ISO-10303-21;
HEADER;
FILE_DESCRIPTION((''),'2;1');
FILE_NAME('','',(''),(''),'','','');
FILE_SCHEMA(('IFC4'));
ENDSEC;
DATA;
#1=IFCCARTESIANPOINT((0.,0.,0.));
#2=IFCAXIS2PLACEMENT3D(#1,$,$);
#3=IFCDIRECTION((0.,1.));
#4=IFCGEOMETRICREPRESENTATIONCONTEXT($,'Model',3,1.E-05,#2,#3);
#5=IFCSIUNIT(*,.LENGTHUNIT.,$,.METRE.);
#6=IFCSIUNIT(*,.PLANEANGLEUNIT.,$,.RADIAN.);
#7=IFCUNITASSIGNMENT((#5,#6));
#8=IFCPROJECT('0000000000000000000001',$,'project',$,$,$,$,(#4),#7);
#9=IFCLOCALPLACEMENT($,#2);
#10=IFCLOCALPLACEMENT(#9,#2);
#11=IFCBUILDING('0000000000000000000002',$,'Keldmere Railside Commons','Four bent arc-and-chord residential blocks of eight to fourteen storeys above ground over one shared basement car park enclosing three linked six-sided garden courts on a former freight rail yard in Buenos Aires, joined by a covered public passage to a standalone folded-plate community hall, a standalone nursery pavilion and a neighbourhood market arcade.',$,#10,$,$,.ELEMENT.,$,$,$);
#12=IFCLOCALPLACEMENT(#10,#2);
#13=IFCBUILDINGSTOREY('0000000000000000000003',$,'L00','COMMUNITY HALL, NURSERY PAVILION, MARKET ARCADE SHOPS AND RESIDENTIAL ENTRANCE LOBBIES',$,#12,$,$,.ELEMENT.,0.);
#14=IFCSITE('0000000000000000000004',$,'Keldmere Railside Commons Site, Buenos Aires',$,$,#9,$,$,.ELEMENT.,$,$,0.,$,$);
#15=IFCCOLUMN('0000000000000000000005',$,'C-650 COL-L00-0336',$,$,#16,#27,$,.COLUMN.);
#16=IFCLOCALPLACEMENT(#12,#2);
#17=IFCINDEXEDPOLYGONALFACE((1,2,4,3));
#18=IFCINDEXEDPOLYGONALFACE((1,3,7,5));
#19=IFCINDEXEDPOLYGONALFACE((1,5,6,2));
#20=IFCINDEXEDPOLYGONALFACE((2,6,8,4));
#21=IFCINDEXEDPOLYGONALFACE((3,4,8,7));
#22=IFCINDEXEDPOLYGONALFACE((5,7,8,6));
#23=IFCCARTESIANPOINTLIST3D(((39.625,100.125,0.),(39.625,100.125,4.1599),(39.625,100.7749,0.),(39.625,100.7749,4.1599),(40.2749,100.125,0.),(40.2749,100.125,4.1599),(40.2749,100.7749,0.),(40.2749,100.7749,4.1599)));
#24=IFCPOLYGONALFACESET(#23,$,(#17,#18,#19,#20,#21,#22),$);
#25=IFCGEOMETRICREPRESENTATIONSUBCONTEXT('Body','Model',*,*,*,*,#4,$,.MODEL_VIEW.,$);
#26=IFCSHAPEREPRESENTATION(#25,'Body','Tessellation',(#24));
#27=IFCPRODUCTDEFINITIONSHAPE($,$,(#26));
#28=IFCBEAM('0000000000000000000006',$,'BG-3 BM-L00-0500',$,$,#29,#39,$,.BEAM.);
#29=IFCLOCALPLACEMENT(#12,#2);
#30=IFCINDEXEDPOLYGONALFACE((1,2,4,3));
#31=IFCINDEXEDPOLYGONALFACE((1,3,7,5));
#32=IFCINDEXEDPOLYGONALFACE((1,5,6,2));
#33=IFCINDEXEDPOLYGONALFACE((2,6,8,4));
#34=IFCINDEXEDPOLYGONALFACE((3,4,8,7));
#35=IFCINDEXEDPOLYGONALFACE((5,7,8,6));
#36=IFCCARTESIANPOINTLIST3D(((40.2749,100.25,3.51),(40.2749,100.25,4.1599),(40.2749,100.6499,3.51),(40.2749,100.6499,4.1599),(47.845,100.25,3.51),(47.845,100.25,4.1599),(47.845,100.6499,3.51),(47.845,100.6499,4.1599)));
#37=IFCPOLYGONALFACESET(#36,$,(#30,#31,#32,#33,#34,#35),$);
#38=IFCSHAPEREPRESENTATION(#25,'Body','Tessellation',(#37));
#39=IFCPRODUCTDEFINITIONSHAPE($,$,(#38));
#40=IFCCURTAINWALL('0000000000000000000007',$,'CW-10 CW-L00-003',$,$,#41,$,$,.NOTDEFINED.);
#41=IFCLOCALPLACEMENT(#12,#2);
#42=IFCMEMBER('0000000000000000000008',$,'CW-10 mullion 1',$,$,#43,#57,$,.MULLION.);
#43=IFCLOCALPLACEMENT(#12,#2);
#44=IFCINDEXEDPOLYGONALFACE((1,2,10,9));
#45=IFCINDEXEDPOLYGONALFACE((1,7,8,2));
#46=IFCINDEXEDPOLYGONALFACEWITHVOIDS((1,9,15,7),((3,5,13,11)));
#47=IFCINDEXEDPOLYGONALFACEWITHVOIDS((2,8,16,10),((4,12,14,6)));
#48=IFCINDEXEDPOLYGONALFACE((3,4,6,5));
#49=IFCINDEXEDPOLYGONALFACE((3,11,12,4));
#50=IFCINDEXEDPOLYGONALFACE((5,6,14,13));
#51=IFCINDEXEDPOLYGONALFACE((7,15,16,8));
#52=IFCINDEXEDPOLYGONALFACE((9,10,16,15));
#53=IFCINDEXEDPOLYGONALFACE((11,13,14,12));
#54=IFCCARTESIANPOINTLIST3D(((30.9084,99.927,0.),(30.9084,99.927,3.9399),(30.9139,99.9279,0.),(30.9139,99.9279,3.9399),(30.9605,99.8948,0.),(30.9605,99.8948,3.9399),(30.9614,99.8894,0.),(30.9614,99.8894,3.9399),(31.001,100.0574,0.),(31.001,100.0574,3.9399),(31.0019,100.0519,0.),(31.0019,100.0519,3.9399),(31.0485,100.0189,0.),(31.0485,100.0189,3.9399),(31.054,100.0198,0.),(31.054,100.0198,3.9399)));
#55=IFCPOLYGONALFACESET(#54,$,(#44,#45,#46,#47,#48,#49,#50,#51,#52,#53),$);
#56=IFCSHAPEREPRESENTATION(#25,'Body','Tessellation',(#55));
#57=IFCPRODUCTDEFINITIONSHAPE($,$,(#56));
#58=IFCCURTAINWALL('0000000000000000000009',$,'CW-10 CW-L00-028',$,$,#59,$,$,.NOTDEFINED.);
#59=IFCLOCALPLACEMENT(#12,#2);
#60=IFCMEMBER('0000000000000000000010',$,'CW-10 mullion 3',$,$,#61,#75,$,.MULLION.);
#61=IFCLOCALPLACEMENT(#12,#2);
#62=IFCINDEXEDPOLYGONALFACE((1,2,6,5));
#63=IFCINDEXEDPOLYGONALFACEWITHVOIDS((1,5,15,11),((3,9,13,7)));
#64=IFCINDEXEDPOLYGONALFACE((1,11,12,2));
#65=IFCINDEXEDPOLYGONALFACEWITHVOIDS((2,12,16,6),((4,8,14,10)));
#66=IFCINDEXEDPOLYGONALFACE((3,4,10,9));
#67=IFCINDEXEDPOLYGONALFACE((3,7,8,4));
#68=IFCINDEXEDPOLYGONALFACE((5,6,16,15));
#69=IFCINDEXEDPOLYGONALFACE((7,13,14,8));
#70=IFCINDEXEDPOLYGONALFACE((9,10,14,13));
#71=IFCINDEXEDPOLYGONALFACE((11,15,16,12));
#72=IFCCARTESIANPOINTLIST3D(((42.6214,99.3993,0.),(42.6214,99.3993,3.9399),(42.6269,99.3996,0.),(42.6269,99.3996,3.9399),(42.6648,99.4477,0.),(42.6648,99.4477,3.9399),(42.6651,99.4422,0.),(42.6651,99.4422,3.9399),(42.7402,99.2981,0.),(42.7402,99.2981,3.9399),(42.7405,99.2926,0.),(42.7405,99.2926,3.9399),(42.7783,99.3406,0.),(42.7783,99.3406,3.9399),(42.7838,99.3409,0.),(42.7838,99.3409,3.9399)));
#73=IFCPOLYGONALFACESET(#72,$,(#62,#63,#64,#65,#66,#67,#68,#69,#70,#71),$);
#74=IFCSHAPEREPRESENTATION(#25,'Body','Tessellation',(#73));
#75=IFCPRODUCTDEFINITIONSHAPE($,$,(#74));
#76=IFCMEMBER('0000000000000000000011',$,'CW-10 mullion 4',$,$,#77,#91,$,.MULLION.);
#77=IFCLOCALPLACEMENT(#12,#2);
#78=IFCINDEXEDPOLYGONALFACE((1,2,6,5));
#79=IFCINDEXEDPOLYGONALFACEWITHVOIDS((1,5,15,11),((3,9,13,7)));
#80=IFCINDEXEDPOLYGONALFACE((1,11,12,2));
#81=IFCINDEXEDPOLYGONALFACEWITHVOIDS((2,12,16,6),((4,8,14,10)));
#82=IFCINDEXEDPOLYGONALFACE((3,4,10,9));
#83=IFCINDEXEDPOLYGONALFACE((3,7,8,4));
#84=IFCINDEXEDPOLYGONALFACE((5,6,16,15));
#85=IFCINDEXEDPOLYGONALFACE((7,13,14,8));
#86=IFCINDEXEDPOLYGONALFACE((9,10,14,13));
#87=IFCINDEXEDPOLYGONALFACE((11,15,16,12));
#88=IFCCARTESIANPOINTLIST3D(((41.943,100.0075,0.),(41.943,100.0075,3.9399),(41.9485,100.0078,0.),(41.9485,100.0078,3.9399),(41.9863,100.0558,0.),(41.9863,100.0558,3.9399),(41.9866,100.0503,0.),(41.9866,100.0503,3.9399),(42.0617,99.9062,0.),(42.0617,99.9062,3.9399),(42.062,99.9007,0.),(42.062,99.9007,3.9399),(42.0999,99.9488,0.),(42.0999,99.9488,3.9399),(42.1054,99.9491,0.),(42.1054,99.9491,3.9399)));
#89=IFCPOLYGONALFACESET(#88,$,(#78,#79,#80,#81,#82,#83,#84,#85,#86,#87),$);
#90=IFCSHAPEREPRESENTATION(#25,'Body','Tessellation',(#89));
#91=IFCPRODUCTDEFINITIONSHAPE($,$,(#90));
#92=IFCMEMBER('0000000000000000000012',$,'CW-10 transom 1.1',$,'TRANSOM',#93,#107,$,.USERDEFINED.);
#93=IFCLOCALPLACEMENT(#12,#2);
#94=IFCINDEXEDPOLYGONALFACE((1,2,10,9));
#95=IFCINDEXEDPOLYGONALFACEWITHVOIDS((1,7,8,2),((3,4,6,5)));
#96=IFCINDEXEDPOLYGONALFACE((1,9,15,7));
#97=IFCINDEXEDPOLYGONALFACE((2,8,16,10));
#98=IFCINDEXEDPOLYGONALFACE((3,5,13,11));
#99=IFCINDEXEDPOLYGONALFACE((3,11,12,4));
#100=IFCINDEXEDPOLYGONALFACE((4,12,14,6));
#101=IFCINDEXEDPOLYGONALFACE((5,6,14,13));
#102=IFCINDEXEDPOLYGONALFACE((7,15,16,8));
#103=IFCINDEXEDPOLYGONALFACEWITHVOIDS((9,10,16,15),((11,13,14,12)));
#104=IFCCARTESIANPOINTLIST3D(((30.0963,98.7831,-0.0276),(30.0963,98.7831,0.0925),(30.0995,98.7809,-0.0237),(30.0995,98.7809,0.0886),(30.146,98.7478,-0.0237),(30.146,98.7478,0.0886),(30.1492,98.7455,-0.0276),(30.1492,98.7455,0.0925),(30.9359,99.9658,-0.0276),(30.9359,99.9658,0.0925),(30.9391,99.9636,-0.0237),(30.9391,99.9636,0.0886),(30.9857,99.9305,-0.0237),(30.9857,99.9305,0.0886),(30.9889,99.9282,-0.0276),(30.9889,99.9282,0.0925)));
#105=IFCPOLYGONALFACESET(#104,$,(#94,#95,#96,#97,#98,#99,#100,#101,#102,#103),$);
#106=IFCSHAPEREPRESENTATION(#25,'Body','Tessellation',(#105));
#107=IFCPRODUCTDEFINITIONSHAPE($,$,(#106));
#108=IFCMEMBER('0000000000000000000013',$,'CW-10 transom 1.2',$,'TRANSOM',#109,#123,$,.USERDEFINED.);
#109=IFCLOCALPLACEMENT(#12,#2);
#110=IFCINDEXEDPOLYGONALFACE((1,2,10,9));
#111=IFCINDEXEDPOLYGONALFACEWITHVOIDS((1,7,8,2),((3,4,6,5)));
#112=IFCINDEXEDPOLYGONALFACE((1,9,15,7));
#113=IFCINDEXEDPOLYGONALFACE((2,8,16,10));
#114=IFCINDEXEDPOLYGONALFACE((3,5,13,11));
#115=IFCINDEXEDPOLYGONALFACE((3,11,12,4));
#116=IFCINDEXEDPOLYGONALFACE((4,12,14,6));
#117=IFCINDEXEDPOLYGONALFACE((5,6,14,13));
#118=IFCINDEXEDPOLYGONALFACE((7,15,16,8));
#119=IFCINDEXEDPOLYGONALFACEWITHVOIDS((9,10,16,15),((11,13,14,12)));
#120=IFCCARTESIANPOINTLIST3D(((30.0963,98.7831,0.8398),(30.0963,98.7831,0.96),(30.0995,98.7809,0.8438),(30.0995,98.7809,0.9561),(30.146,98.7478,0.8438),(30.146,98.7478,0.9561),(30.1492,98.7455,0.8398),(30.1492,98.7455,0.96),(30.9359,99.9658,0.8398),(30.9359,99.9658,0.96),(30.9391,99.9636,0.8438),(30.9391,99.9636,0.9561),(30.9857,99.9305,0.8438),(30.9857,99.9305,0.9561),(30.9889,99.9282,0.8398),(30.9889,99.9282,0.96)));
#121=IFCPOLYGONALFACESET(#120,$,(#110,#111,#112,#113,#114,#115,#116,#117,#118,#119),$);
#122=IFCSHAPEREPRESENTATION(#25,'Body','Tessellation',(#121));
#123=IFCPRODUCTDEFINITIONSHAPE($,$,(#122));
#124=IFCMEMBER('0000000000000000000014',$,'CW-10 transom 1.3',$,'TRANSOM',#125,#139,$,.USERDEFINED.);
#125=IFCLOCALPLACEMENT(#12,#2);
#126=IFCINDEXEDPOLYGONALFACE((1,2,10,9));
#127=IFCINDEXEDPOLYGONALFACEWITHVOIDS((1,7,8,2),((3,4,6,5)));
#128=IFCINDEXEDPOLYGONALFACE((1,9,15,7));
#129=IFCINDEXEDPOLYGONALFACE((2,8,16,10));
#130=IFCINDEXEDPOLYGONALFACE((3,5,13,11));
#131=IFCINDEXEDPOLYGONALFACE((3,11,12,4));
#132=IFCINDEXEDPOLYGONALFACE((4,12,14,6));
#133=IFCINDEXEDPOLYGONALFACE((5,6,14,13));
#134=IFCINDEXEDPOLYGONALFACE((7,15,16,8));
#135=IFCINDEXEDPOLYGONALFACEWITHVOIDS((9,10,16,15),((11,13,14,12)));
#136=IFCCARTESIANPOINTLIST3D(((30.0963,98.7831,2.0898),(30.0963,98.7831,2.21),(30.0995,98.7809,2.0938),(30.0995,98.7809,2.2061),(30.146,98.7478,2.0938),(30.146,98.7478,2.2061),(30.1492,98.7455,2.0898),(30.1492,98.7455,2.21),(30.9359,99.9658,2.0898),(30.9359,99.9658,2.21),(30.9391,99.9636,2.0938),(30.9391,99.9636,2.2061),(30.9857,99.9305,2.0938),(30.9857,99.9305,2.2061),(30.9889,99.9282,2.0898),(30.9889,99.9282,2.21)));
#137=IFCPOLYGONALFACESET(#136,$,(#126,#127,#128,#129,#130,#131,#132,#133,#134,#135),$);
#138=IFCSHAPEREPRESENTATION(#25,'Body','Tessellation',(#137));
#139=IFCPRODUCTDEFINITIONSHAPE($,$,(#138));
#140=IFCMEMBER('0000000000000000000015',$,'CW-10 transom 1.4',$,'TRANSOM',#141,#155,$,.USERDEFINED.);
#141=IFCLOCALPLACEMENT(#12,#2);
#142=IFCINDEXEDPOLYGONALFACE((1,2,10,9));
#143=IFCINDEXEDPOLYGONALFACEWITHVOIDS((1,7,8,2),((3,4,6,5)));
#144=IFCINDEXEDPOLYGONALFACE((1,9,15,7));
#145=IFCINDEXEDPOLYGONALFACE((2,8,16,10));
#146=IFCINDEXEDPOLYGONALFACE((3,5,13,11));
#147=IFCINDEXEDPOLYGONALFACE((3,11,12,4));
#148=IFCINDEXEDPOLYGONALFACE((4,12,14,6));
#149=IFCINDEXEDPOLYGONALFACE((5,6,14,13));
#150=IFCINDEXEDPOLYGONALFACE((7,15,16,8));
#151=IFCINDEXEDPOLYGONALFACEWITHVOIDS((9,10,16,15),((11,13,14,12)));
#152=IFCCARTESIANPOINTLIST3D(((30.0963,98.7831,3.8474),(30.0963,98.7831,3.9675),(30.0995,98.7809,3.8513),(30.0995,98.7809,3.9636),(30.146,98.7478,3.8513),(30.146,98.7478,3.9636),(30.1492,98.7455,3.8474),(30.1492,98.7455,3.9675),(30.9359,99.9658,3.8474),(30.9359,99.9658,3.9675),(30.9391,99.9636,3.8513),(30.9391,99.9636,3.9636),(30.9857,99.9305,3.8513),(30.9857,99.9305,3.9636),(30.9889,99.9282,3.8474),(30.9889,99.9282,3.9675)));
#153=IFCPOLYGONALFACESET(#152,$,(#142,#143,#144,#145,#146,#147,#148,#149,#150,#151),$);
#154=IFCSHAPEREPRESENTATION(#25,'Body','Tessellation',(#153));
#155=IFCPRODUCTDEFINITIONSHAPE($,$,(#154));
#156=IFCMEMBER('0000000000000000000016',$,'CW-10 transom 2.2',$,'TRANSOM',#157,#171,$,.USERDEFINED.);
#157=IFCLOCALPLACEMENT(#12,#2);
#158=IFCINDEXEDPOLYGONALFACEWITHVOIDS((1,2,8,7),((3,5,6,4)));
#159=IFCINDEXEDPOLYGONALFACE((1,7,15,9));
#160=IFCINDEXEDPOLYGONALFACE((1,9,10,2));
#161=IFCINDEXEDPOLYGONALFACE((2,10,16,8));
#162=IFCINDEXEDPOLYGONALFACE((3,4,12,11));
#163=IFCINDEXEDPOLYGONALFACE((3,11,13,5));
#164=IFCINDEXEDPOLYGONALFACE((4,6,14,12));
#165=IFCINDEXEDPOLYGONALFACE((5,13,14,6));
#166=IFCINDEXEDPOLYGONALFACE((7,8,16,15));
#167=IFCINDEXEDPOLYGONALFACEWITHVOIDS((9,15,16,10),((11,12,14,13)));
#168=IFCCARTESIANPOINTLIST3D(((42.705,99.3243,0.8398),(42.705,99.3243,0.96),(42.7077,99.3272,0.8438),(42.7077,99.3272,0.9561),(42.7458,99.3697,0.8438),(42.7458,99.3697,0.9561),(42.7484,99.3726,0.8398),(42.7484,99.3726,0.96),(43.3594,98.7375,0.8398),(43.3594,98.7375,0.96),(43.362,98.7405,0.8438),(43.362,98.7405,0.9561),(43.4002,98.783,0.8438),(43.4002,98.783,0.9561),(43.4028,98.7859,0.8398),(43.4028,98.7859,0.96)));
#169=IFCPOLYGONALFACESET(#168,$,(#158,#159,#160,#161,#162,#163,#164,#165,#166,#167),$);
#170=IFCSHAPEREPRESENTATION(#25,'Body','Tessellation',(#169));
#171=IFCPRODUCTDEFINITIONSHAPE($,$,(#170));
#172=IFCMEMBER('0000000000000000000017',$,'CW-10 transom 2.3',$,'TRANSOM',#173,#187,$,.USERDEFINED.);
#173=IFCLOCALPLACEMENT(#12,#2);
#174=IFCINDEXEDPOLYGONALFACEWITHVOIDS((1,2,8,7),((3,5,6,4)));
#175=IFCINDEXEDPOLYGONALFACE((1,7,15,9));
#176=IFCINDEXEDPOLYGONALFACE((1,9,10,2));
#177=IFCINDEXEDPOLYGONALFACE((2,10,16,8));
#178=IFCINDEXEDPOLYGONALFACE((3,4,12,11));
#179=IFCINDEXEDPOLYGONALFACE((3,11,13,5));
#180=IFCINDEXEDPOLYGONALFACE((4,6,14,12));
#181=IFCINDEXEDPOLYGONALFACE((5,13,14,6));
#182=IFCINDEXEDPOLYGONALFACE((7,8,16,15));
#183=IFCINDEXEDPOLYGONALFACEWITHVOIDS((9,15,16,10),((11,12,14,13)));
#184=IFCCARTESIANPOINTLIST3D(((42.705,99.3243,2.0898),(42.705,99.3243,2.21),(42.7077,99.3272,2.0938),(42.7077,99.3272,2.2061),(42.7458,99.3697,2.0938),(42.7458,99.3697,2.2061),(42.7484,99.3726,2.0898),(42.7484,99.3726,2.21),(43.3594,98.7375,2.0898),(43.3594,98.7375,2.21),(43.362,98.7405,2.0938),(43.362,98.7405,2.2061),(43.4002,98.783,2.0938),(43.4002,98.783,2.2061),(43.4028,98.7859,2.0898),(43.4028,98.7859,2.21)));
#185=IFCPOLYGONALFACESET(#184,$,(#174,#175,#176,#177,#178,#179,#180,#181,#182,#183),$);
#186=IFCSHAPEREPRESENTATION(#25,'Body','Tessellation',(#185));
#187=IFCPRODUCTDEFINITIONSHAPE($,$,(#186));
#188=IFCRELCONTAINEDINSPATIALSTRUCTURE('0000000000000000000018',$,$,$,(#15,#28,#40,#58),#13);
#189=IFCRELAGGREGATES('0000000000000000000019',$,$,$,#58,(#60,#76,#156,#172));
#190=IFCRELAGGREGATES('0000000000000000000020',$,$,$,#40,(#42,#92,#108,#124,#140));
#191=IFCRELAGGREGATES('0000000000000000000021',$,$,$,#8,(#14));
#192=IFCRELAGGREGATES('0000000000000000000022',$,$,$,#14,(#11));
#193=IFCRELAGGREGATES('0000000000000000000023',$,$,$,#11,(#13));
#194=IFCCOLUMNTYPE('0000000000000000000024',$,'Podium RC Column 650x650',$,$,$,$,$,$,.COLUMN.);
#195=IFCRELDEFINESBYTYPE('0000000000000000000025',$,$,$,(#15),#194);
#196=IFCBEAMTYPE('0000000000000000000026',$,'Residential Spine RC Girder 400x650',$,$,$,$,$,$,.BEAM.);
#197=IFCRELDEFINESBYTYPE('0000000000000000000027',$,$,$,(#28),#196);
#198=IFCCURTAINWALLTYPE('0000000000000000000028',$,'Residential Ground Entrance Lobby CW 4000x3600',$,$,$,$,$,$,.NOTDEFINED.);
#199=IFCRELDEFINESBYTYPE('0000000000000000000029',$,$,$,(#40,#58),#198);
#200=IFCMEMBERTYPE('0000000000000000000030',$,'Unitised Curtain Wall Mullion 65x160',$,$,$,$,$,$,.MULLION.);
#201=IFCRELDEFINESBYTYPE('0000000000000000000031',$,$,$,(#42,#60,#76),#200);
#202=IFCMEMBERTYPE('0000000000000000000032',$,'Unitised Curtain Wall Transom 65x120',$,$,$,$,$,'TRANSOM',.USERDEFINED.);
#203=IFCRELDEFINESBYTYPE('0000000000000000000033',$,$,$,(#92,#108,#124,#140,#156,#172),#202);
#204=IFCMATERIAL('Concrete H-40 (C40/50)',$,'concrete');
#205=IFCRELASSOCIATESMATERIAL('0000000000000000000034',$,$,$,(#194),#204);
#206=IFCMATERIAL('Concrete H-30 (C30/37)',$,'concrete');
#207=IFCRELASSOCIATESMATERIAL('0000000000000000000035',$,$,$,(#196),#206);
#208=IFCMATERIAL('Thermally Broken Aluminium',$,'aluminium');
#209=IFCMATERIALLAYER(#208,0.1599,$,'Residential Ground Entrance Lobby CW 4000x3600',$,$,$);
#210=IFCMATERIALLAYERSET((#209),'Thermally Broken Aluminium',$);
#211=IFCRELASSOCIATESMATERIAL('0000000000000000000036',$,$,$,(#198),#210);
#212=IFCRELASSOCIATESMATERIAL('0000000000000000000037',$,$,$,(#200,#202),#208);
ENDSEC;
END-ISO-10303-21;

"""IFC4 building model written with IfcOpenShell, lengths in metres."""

from ifc_helpers import new_model, si_unit, direction, frame, origin, origin_2d, place, context, subcontext, project, spatial, rectangle, hollow_rectangle, extrude, material, layer, layer_set, material_profile, profile_set, type_object, element, aggregate, save


model = new_model("IFC4")

# Units and contexts
model_context = context("Model", 3, precision=1e-05, world=origin(), true_north=direction((0.0, 1.0)))
body_context = subcontext(model_context, "Body", "Model", "MODEL_VIEW")
ifc_project = project(units=[si_unit("LENGTHUNIT", "METRE"), si_unit("PLANEANGLEUNIT", "RADIAN")], contexts=[model_context])

# Site, building, storey
site_placement = place(None, origin())
site = spatial("IfcSite", under=ifc_project, at=site_placement, Name="Keldmere Railside Commons Site, Buenos Aires", CompositionType="ELEMENT", RefElevation=0.0)
building_placement = place(site_placement, origin())
building = spatial("IfcBuilding", under=site, at=building_placement, Name="Keldmere Railside Commons", Description="Four bent arc-and-chord residential blocks of eight to fourteen storeys above ground over one shared basement car park enclosing three linked six-sided garden courts on a former freight rail yard in Buenos Aires, joined by a covered public passage to a standalone folded-plate community hall, a standalone nursery pavilion and a neighbourhood market arcade.", CompositionType="ELEMENT")
storey_placement = place(building_placement, origin())
storey = spatial("IfcBuildingStorey", under=building, at=storey_placement, Name="L00", Description="COMMUNITY HALL, NURSERY PAVILION, MARKET ARCADE SHOPS AND RESIDENTIAL ENTRANCE LOBBIES", CompositionType="ELEMENT", Elevation=0.0)

# Column
ifc_material_1 = material(Name="Concrete H-40 (C40/50)", Category="concrete")
ifc_material_profile_1 = material_profile(ifc_material_1, rectangle(XDim=0.6499, YDim=0.6499, at=origin_2d()), Name="RC-650x650")
ifc_profile_set_1 = profile_set([ifc_material_profile_1], Name="Concrete H-40 (C40/50)")
column_type = type_object("IfcColumnType", Name="Podium RC Column 650x650", PredefinedType="COLUMN", material=ifc_profile_set_1)
column_placement = place(storey_placement, frame((39.95, 100.45, 0.0), z_axis=(0.0, 0.0, 1.0), x_axis=(1.0, 0.0, 0.0)))
element("IfcColumn", 1, at=column_placement, inside=storey, type_object=column_type, Name="C-650 COL-L00-0336", PredefinedType="COLUMN", context=body_context, shape_type="SweptSolid", body=[
    extrude(rectangle(XDim=0.6499, YDim=0.6499, at=origin_2d()), origin(), (0.0, 0.0, 1.0), 4.1599),
])

# Beam
ifc_material_2 = material(Name="Concrete H-30 (C30/37)", Category="concrete")
ifc_material_profile_2 = material_profile(ifc_material_2, rectangle(XDim=0.3999, YDim=0.6499, at=origin_2d()), Name="RC-400x650")
ifc_profile_set_2 = profile_set([ifc_material_profile_2], Name="Concrete H-30 (C30/37)")
beam_type = type_object("IfcBeamType", Name="Residential Spine RC Girder 400x650", PredefinedType="BEAM", material=ifc_profile_set_2)
beam_placement = place(storey_placement, frame((40.2749, 100.45, 3.835), z_axis=(1.0, 0.0, 0.0), x_axis=(0.0, 1.0, 0.0)))
element("IfcBeam", 2, at=beam_placement, inside=storey, type_object=beam_type, Name="BG-3 BM-L00-0500", PredefinedType="BEAM", context=body_context, shape_type="SweptSolid", body=[
    extrude(rectangle(XDim=0.3999, YDim=0.6499, at=origin_2d()), origin(), (0.0, 0.0, 1.0), 7.5701),
])

# Curtain wall, member
ifc_material_3 = material(Name="Thermally Broken Aluminium", Category="aluminium")
ifc_layer_1 = layer(ifc_material_3, 0.1599, Name="Residential Ground Entrance Lobby CW 4000x3600")
ifc_layer_set_1 = layer_set([ifc_layer_1], Name="Thermally Broken Aluminium")
curtain_wall_type = type_object("IfcCurtainWallType", Name="Residential Ground Entrance Lobby CW 4000x3600", PredefinedType="NOTDEFINED", material=ifc_layer_set_1)
curtain_wall_1_placement = place(storey_placement, origin())
curtain_wall_1 = element("IfcCurtainWall", 3, at=curtain_wall_1_placement, inside=storey, type_object=curtain_wall_type, Name="CW-10 CW-L00-003", PredefinedType="NOTDEFINED")
ifc_material_profile_3 = material_profile(ifc_material_3, hollow_rectangle(XDim=0.0649, YDim=0.1599, WallThickness=0.0039, at=origin_2d()), Name="ALU-MULL-65x160")
ifc_profile_set_3 = profile_set([ifc_material_profile_3], Name="Thermally Broken Aluminium")
member_type_1 = type_object("IfcMemberType", Name="Unitised Curtain Wall Mullion 65x160", PredefinedType="MULLION", material=ifc_profile_set_3)
member_1_placement = place(storey_placement, frame((30.9812, 99.9734, 0.0), z_axis=(0.0, 0.0, 1.0), x_axis=(0.815389, -0.578913, 0.0)))
member_1 = element("IfcMember", 4, at=member_1_placement, type_object=member_type_1, Name="CW-10 mullion 1", PredefinedType="MULLION", context=body_context, shape_type="SweptSolid", body=[
    extrude(hollow_rectangle(XDim=0.0649, YDim=0.1599, WallThickness=0.0039, at=origin_2d()), origin(), (0.0, 0.0, 1.0), 3.9399),
])

# Curtain wall, members
curtain_wall_2_placement = place(storey_placement, origin())
curtain_wall_2 = element("IfcCurtainWall", 5, at=curtain_wall_2_placement, inside=storey, type_object=curtain_wall_type, Name="CW-10 CW-L00-028", PredefinedType="NOTDEFINED")
member_2_placement = place(storey_placement, frame((42.7026, 99.3701, 0.0), z_axis=(0.0, 0.0, 1.0), x_axis=(-0.667559, -0.744557, 0.0)))
member_2 = element("IfcMember", 6, at=member_2_placement, type_object=member_type_1, Name="CW-10 mullion 3", PredefinedType="MULLION", context=body_context, shape_type="SweptSolid", body=[
    extrude(hollow_rectangle(XDim=0.0649, YDim=0.1599, WallThickness=0.0039, at=origin_2d()), origin(), (0.0, 0.0, 1.0), 3.9399),
])
member_3_placement = place(storey_placement, frame((42.0242, 99.9783, 0.0), z_axis=(0.0, 0.0, 1.0), x_axis=(-0.667559, -0.744557, 0.0)))
member_3 = element("IfcMember", 7, at=member_3_placement, type_object=member_type_1, Name="CW-10 mullion 4", PredefinedType="MULLION", context=body_context, shape_type="SweptSolid", body=[
    extrude(hollow_rectangle(XDim=0.0649, YDim=0.1599, WallThickness=0.0039, at=origin_2d()), origin(), (0.0, 0.0, 1.0), 3.9399),
])

# Members
ifc_material_profile_4 = material_profile(ifc_material_3, hollow_rectangle(XDim=0.0649, YDim=0.1201, WallThickness=0.0039, at=origin_2d()), Name="ALU-TRAN-65x120")
ifc_profile_set_4 = profile_set([ifc_material_profile_4], Name="Thermally Broken Aluminium")
member_type_2 = type_object("IfcMemberType", Name="Unitised Curtain Wall Transom 65x120", ElementType="TRANSOM", PredefinedType="USERDEFINED", material=ifc_profile_set_4)
member_4_placement = place(storey_placement, frame((30.9624, 99.947, 0.0325), z_axis=(-0.578895, -0.815402, 0.0), x_axis=(0.815402, -0.578895, 0.0)))
member_4 = element("IfcMember", 8, at=member_4_placement, type_object=member_type_2, Name="CW-10 transom 1.1", ObjectType="TRANSOM", PredefinedType="USERDEFINED", context=body_context, shape_type="SweptSolid", body=[
    extrude(hollow_rectangle(XDim=0.0649, YDim=0.1201, WallThickness=0.0039, at=origin_2d()), origin(), (0.0, 0.0, 1.0), 1.4504),
])
member_5_placement = place(storey_placement, frame((30.9624, 99.947, 0.8999), z_axis=(-0.578895, -0.815402, 0.0), x_axis=(0.815402, -0.578895, 0.0)))
member_5 = element("IfcMember", 9, at=member_5_placement, type_object=member_type_2, Name="CW-10 transom 1.2", ObjectType="TRANSOM", PredefinedType="USERDEFINED", context=body_context, shape_type="SweptSolid", body=[
    extrude(hollow_rectangle(XDim=0.0649, YDim=0.1201, WallThickness=0.0039, at=origin_2d()), origin(), (0.0, 0.0, 1.0), 1.4504),
])
member_6_placement = place(storey_placement, frame((30.9624, 99.947, 2.1499), z_axis=(-0.578895, -0.815402, 0.0), x_axis=(0.815402, -0.578895, 0.0)))
member_6 = element("IfcMember", 10, at=member_6_placement, type_object=member_type_2, Name="CW-10 transom 1.3", ObjectType="TRANSOM", PredefinedType="USERDEFINED", context=body_context, shape_type="SweptSolid", body=[
    extrude(hollow_rectangle(XDim=0.0649, YDim=0.1201, WallThickness=0.0039, at=origin_2d()), origin(), (0.0, 0.0, 1.0), 1.4504),
])
member_7_placement = place(storey_placement, frame((30.9624, 99.947, 3.9075), z_axis=(-0.578895, -0.815402, 0.0), x_axis=(0.815402, -0.578895, 0.0)))
member_7 = element("IfcMember", 11, at=member_7_placement, type_object=member_type_2, Name="CW-10 transom 1.4", ObjectType="TRANSOM", PredefinedType="USERDEFINED", context=body_context, shape_type="SweptSolid", body=[
    extrude(hollow_rectangle(XDim=0.0649, YDim=0.1201, WallThickness=0.0039, at=origin_2d()), origin(), (0.0, 0.0, 1.0), 1.4504),
])
member_8_placement = place(storey_placement, frame((43.3811, 98.7617, 0.8999), z_axis=(-0.744536, 0.667582, 0.0), x_axis=(-0.667582, -0.744536, 0.0)))
member_8 = element("IfcMember", 12, at=member_8_placement, type_object=member_type_2, Name="CW-10 transom 2.2", ObjectType="TRANSOM", PredefinedType="USERDEFINED", context=body_context, shape_type="SweptSolid", body=[
    extrude(hollow_rectangle(XDim=0.0649, YDim=0.1201, WallThickness=0.0039, at=origin_2d()), origin(), (0.0, 0.0, 1.0), 0.8789),
])
member_9_placement = place(storey_placement, frame((43.3811, 98.7617, 2.1499), z_axis=(-0.744536, 0.667582, 0.0), x_axis=(-0.667582, -0.744536, 0.0)))
member_9 = element("IfcMember", 13, at=member_9_placement, type_object=member_type_2, Name="CW-10 transom 2.3", ObjectType="TRANSOM", PredefinedType="USERDEFINED", context=body_context, shape_type="SweptSolid", body=[
    extrude(hollow_rectangle(XDim=0.0649, YDim=0.1201, WallThickness=0.0039, at=origin_2d()), origin(), (0.0, 0.0, 1.0), 0.8789),
])

aggregate(curtain_wall_2, [member_2, member_3, member_8, member_9])
aggregate(curtain_wall_1, [member_1, member_4, member_5, member_6, member_7])

save(model, "model.ifc")
